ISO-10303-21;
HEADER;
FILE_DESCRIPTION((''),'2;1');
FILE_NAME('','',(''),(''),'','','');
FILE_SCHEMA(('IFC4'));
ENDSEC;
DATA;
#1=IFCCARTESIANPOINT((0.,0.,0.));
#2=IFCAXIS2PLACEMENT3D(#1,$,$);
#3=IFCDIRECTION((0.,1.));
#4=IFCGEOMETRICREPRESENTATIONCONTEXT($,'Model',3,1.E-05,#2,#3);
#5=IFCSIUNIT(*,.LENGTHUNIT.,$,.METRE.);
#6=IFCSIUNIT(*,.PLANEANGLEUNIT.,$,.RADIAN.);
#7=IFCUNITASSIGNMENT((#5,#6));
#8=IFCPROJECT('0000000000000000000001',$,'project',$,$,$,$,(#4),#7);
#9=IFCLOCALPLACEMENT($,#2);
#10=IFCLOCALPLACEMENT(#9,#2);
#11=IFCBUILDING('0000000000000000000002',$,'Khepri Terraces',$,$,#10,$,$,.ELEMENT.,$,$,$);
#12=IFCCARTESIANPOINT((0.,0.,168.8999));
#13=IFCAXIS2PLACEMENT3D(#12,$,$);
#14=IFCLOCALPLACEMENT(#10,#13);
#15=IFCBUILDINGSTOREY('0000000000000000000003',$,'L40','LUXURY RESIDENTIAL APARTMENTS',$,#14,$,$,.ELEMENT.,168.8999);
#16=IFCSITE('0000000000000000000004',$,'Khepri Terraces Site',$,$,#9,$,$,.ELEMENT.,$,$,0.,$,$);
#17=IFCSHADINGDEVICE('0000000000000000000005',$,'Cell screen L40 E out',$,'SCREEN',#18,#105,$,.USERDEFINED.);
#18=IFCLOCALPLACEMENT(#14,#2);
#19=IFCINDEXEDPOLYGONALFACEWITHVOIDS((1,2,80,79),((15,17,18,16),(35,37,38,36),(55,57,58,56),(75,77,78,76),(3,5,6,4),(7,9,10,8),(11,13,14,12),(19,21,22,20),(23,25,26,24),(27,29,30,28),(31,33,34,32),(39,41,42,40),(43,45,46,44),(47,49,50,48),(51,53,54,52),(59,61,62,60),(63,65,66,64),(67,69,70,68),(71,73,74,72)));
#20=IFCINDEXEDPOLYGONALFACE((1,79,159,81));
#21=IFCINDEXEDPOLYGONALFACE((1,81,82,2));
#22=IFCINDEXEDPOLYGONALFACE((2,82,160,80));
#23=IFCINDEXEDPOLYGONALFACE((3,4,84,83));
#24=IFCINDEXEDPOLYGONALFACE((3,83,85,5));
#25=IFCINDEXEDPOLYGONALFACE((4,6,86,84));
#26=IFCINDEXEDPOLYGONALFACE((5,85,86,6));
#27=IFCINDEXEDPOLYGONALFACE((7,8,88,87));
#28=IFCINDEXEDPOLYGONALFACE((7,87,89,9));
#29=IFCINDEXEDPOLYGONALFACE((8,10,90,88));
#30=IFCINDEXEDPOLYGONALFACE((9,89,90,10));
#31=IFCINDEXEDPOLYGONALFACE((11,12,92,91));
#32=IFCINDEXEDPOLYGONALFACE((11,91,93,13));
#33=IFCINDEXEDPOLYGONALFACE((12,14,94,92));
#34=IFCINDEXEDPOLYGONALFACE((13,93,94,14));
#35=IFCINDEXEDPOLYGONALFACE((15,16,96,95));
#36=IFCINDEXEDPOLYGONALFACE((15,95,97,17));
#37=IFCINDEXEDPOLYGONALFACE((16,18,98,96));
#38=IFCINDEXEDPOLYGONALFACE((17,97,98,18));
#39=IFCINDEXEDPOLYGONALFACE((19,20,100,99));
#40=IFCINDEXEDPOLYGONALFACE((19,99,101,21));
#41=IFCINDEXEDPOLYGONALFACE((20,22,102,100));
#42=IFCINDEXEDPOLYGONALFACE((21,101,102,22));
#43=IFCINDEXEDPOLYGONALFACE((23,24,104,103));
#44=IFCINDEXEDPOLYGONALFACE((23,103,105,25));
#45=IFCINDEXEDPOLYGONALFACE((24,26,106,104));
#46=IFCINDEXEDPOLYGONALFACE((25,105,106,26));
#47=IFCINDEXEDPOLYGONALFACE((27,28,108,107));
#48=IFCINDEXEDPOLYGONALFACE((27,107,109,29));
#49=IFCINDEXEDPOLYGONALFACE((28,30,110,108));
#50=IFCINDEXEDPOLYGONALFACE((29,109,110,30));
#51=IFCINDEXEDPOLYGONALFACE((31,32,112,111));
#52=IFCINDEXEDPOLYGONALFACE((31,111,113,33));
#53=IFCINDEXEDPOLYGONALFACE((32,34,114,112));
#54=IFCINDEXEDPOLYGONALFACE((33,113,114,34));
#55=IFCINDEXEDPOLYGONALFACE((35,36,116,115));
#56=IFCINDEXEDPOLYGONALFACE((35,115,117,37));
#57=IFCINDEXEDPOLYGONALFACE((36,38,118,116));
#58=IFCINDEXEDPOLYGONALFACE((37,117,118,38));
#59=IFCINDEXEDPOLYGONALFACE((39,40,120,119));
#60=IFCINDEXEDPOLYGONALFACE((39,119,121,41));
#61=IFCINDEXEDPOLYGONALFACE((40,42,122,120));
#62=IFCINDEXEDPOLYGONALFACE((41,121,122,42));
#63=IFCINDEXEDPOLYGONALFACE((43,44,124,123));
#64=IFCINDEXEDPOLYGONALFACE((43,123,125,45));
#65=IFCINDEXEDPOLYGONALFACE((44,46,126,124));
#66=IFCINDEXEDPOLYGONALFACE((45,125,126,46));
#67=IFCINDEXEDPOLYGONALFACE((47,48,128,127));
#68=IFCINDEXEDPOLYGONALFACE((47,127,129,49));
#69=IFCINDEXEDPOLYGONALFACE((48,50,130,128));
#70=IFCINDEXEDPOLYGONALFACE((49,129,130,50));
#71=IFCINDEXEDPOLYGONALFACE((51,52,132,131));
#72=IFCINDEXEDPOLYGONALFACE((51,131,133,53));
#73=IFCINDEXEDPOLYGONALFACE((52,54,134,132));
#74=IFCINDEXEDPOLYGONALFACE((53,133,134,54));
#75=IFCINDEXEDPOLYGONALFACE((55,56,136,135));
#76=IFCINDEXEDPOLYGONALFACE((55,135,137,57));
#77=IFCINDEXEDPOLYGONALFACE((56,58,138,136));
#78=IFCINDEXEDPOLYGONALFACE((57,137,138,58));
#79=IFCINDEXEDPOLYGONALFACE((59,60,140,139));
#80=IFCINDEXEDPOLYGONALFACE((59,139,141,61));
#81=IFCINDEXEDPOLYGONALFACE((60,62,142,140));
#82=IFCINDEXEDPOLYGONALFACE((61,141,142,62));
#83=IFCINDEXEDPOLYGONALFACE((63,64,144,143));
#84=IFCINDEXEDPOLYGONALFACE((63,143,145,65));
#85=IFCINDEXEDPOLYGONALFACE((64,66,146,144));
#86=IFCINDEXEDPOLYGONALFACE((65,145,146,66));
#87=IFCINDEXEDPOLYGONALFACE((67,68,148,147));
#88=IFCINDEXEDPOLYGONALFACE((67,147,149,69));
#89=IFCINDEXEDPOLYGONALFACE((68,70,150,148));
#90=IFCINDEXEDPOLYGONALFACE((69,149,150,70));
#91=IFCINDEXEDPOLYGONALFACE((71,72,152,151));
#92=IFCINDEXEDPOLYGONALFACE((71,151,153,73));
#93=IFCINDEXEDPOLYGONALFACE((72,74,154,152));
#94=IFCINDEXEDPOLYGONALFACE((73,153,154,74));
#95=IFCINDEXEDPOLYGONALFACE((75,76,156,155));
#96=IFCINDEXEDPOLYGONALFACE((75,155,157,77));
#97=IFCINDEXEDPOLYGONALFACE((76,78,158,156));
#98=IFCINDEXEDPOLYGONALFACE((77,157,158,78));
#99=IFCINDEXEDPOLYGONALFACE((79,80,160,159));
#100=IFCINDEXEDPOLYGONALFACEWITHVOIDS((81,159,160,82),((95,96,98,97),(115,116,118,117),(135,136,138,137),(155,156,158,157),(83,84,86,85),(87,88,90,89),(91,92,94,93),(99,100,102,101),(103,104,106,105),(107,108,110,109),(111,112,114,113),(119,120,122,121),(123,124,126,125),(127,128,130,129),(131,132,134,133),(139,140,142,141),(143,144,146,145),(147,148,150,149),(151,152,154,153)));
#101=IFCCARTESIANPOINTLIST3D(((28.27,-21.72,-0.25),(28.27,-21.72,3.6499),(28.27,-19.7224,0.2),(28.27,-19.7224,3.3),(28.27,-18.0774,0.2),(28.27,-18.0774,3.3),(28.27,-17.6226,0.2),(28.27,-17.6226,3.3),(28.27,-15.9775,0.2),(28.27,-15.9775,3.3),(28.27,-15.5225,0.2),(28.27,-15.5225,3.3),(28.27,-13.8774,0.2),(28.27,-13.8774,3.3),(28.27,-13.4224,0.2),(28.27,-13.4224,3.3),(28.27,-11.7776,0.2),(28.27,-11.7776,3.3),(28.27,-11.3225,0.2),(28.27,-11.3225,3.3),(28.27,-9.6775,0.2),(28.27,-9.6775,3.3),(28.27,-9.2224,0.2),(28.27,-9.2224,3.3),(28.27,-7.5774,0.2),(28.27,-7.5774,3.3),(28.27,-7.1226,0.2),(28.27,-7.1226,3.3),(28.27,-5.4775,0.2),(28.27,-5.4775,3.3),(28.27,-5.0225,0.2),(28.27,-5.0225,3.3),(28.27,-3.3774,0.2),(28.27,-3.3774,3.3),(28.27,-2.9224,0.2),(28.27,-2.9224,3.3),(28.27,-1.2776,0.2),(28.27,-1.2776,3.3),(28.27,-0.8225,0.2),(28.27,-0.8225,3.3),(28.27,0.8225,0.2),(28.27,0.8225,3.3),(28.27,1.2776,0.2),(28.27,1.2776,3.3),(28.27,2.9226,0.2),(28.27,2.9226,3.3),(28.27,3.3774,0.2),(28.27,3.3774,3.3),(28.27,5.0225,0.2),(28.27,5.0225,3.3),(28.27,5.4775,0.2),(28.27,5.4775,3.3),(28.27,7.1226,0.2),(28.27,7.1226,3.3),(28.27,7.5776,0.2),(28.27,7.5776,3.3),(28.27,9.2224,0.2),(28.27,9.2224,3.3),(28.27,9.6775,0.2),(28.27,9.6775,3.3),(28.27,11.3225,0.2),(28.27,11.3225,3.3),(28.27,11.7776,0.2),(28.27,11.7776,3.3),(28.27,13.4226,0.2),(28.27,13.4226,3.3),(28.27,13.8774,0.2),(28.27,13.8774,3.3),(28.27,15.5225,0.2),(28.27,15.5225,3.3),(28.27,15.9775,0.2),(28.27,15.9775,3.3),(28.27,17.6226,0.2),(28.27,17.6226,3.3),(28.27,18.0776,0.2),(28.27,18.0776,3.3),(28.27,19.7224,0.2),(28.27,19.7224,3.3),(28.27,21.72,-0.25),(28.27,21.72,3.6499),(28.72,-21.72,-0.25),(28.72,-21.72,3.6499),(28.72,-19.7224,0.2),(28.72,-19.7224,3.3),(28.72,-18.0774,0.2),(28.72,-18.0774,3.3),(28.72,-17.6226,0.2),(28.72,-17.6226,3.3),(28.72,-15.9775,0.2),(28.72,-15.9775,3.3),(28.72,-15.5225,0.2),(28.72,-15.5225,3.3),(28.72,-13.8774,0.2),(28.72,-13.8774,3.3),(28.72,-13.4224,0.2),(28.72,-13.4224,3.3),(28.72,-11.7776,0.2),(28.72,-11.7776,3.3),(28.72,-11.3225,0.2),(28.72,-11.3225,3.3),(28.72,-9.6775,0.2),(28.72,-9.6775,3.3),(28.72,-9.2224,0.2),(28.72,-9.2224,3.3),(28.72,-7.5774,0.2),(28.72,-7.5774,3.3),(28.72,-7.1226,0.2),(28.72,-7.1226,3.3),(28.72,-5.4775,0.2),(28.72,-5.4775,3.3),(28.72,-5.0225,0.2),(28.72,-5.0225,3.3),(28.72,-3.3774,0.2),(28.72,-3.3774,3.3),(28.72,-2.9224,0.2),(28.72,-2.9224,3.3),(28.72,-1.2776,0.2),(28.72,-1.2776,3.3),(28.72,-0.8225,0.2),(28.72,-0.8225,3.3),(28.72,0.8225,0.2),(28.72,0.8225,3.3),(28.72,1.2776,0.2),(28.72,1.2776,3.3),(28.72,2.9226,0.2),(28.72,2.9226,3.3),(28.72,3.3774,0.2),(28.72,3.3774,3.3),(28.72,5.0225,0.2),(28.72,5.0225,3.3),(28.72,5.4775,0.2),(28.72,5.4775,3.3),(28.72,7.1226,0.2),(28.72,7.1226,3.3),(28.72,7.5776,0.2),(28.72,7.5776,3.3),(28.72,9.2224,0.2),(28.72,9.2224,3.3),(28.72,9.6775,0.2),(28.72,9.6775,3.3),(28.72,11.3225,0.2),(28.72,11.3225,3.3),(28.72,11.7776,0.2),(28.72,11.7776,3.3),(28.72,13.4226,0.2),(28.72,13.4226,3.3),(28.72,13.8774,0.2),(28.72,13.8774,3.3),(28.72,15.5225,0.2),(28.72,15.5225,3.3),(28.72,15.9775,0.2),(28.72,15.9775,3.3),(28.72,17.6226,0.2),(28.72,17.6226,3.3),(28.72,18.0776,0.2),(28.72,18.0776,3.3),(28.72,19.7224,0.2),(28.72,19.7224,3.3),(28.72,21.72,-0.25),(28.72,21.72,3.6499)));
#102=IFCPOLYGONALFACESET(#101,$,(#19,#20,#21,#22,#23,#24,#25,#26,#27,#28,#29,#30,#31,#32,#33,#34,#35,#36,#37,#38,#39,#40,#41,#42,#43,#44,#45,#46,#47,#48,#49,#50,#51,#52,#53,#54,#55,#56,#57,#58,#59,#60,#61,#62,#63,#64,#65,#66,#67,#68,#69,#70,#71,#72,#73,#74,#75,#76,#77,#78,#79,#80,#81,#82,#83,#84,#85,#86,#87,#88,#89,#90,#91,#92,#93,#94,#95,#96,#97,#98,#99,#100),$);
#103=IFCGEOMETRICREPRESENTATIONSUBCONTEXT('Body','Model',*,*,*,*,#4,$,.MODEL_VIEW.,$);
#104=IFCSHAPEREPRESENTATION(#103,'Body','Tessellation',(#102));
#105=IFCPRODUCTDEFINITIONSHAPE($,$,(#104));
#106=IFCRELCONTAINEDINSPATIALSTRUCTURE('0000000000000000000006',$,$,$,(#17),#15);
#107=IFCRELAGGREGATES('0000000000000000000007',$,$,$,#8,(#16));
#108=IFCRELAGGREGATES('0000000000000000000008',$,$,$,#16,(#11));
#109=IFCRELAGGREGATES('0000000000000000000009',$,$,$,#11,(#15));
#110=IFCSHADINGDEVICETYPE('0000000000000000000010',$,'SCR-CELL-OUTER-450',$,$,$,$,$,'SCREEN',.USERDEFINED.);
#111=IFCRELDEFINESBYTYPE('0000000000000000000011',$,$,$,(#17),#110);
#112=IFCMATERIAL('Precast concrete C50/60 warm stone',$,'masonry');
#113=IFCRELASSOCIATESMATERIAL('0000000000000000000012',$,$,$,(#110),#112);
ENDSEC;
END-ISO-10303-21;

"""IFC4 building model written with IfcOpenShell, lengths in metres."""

from ifc_helpers import new_model, si_unit, direction, frame, origin, place, context, subcontext, project, spatial, polyline, outline, extrude, material, type_object, element, save


model = new_model("IFC4")

# Units and contexts
model_context = context("Model", 3, precision=1e-05, world=origin(), true_north=direction((0.0, 1.0)))
body_context = subcontext(model_context, "Body", "Model", "MODEL_VIEW")
ifc_project = project(units=[si_unit("LENGTHUNIT", "METRE"), si_unit("PLANEANGLEUNIT", "RADIAN")], contexts=[model_context])

# Site, building, storey
site_placement = place(None, origin())
site = spatial("IfcSite", under=ifc_project, at=site_placement, Name="Khepri Terraces Site", CompositionType="ELEMENT", RefElevation=0.0)
building_placement = place(site_placement, origin())
building = spatial("IfcBuilding", under=site, at=building_placement, Name="Khepri Terraces", CompositionType="ELEMENT")
storey_placement = place(building_placement, frame((0.0, 0.0, 168.8999)))
storey = spatial("IfcBuildingStorey", under=building, at=storey_placement, Name="L40", Description="LUXURY RESIDENTIAL APARTMENTS", CompositionType="ELEMENT", Elevation=168.8999)

# Shared definitions
ifc_material_1 = material(Name="Precast concrete C50/60 warm stone", Category="masonry")

# Shading device
shading_device_type_1 = type_object("IfcShadingDeviceType", Name="SCR-CELL-OUTER-450", ElementType="SCREEN", PredefinedType="USERDEFINED", material=ifc_material_1)
shading_device_1_placement = place(storey_placement, frame((28.27, -21.72, -0.25), z_axis=(1.0, 0.0, 0.0), x_axis=(0.0, 1.0, 0.0)))
element("IfcShadingDevice", 1, at=shading_device_1_placement, inside=storey, type_object=shading_device_type_1, Name="Cell screen L40 E out", ObjectType="SCREEN", PredefinedType="USERDEFINED", context=body_context, shape_type="SweptSolid", body=[
    extrude(outline(polyline([(0.0, 0.0), (43.4399, 0.0), (43.4399, 3.8999), (0.0, 3.8999), (0.0, 0.0)]), holes=[polyline([(1.9976, 0.45), (3.6426, 0.45), (3.6426, 3.55), (1.9976, 3.55), (1.9976, 0.45)]), polyline([(4.0974, 0.45), (5.7424, 0.45), (5.7424, 3.55), (4.0974, 3.55), (4.0974, 0.45)]), polyline([(6.1975, 0.45), (7.8425, 0.45), (7.8425, 3.55), (6.1975, 3.55), (6.1975, 0.45)]), polyline([(8.2976, 0.45), (9.9424, 0.45), (9.9424, 3.55), (8.2976, 3.55), (8.2976, 0.45)]), polyline([(10.3975, 0.45), (12.0425, 0.45), (12.0425, 3.55), (10.3975, 3.55), (10.3975, 0.45)]), polyline([(12.4976, 0.45), (14.1426, 0.45), (14.1426, 3.55), (12.4976, 3.55), (12.4976, 0.45)]), polyline([(14.5974, 0.45), (16.2424, 0.45), (16.2424, 3.55), (14.5974, 3.55), (14.5974, 0.45)]), polyline([(16.6975, 0.45), (18.3425, 0.45), (18.3425, 3.55), (16.6975, 3.55), (16.6975, 0.45)]), polyline([(18.7976, 0.45), (20.4424, 0.45), (20.4424, 3.55), (18.7976, 3.55), (18.7976, 0.45)]), polyline([(20.8975, 0.45), (22.5425, 0.45), (22.5425, 3.55), (20.8975, 3.55), (20.8975, 0.45)]), polyline([(22.9976, 0.45), (24.6426, 0.45), (24.6426, 3.55), (22.9976, 3.55), (22.9976, 0.45)]), polyline([(25.0974, 0.45), (26.7424, 0.45), (26.7424, 3.55), (25.0974, 3.55), (25.0974, 0.45)]), polyline([(27.1975, 0.45), (28.8425, 0.45), (28.8425, 3.55), (27.1975, 3.55), (27.1975, 0.45)]), polyline([(29.2976, 0.45), (30.9424, 0.45), (30.9424, 3.55), (29.2976, 3.55), (29.2976, 0.45)]), polyline([(31.3975, 0.45), (33.0425, 0.45), (33.0425, 3.55), (31.3975, 3.55), (31.3975, 0.45)]), polyline([(33.4976, 0.45), (35.1426, 0.45), (35.1426, 3.55), (33.4976, 3.55), (33.4976, 0.45)]), polyline([(35.5974, 0.45), (37.2424, 0.45), (37.2424, 3.55), (35.5974, 3.55), (35.5974, 0.45)]), polyline([(37.6975, 0.45), (39.3425, 0.45), (39.3425, 3.55), (37.6975, 3.55), (37.6975, 0.45)]), polyline([(39.7976, 0.45), (41.4424, 0.45), (41.4424, 3.55), (39.7976, 3.55), (39.7976, 0.45)])]), origin(), (0.0, 0.0, 1.0), 0.45),
])

save(model, "model.ifc")
